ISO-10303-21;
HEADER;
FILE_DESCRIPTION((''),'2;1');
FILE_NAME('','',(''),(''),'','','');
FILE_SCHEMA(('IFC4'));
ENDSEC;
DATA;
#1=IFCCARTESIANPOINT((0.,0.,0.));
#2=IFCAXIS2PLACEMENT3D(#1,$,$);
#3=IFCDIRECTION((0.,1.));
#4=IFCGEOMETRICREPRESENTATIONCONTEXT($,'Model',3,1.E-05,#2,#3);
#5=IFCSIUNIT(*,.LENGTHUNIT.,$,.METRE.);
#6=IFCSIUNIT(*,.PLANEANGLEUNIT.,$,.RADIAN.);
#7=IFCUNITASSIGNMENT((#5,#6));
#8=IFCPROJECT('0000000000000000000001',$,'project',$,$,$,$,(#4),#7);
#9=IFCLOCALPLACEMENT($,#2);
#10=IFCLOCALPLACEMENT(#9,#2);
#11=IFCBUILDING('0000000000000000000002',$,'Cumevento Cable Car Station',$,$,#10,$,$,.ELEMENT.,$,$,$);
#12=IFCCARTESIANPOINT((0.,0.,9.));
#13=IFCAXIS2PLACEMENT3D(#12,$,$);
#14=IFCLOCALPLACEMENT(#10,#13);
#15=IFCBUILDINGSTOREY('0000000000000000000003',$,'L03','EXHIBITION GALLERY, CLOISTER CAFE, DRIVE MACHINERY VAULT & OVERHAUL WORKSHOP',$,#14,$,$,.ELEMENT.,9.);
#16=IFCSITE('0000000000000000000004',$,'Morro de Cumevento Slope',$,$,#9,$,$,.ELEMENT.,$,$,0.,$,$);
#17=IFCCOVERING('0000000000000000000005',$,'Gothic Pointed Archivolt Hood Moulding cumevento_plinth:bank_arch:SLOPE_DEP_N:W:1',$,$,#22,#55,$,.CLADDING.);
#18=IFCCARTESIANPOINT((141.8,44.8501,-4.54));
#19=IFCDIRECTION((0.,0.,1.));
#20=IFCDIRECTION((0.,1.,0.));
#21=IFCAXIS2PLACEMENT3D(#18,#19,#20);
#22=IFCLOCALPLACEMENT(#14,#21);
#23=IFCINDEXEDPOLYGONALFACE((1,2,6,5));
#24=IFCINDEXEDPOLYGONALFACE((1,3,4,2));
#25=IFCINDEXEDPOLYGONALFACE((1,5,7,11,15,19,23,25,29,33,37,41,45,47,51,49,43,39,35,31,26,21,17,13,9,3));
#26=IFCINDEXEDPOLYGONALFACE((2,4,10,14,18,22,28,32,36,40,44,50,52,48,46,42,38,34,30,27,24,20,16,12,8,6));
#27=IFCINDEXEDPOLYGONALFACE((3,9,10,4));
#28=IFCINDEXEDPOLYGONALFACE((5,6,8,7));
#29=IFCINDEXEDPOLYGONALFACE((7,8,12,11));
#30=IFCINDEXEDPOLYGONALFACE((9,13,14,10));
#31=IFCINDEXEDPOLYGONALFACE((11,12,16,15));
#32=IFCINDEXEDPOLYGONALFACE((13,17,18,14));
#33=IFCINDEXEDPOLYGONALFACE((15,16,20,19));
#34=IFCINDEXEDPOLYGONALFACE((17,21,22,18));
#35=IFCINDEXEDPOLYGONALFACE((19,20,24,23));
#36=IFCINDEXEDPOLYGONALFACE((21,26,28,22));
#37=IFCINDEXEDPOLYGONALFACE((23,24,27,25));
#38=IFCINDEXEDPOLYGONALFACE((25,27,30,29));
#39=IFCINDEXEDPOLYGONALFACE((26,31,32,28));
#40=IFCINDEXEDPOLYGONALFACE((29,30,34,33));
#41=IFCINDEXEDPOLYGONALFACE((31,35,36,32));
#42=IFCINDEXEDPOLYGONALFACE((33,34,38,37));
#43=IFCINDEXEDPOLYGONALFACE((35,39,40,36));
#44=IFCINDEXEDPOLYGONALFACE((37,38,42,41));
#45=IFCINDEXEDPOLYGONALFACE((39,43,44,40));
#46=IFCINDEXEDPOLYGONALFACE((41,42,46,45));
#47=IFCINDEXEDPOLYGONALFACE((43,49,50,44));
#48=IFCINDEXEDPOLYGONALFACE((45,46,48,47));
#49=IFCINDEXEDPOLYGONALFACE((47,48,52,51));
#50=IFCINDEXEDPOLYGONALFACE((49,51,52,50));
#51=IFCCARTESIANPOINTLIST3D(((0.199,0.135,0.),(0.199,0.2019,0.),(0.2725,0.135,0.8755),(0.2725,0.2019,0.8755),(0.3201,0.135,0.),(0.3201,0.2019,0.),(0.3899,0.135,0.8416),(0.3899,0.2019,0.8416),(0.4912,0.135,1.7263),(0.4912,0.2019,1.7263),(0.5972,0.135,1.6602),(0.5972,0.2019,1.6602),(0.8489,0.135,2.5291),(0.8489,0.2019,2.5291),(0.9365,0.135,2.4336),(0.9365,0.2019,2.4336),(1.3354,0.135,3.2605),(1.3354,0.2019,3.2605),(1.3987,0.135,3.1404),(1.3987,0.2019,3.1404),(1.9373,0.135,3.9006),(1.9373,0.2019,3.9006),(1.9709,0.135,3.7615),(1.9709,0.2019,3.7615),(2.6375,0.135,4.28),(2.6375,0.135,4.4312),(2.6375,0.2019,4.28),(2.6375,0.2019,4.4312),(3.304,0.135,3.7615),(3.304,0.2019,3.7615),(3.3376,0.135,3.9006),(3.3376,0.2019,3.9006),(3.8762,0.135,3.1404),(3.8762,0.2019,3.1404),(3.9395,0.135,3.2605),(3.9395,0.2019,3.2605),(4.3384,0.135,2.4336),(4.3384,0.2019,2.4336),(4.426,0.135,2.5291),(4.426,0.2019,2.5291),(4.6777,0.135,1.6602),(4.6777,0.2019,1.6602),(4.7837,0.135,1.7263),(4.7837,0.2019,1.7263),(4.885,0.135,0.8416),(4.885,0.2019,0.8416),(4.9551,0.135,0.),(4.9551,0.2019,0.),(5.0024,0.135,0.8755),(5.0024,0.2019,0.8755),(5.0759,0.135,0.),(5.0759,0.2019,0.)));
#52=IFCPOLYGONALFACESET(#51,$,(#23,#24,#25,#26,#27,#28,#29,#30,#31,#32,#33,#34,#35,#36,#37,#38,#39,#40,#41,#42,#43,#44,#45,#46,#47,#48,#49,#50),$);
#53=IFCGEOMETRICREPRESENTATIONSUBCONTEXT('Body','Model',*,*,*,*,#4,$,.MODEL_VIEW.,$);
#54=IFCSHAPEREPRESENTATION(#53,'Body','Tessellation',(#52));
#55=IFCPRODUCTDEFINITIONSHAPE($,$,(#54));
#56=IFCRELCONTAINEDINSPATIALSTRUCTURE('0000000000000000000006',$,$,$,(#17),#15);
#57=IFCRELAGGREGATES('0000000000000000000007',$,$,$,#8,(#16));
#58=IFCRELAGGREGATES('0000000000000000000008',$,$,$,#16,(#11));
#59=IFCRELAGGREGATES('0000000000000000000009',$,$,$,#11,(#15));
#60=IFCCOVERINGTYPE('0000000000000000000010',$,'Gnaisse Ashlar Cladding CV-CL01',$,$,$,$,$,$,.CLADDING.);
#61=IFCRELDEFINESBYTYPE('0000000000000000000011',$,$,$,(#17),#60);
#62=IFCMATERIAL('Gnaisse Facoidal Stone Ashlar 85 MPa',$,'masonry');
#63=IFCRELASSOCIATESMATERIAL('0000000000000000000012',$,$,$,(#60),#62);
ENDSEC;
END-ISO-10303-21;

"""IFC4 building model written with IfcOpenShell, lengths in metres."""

from ifc_helpers import new_model, si_unit, direction, frame, origin, place, context, subcontext, project, spatial, polyline, outline, extrude, material, type_object, element, save


model = new_model("IFC4")

# Units and contexts
model_context = context("Model", 3, precision=1e-05, world=origin(), true_north=direction((0.0, 1.0)))
body_context = subcontext(model_context, "Body", "Model", "MODEL_VIEW")
ifc_project = project(units=[si_unit("LENGTHUNIT", "METRE"), si_unit("PLANEANGLEUNIT", "RADIAN")], contexts=[model_context])

# Site, building, storey
site_placement = place(None, origin())
site = spatial("IfcSite", under=ifc_project, at=site_placement, Name="Morro de Cumevento Slope", CompositionType="ELEMENT", RefElevation=0.0)
building_placement = place(site_placement, origin())
building = spatial("IfcBuilding", under=site, at=building_placement, Name="Cumevento Cable Car Station", CompositionType="ELEMENT")
storey_placement = place(building_placement, frame((0.0, 0.0, 9.0)))
storey = spatial("IfcBuildingStorey", under=building, at=storey_placement, Name="L03", Description="EXHIBITION GALLERY, CLOISTER CAFE, DRIVE MACHINERY VAULT & OVERHAUL WORKSHOP", CompositionType="ELEMENT", Elevation=9.0)

# Covering
ifc_material_1 = material(Name="Gnaisse Facoidal Stone Ashlar 85 MPa", Category="masonry")
covering_type = type_object("IfcCoveringType", Name="Gnaisse Ashlar Cladding CV-CL01", PredefinedType="CLADDING", material=ifc_material_1)
covering_1_placement = place(storey_placement, frame((141.8, 44.8501, -4.54), z_axis=(0.0, 0.0, 1.0), x_axis=(0.0, 1.0, 0.0)))
element("IfcCovering", 1, at=covering_1_placement, inside=storey, type_object=covering_type, Name="Gothic Pointed Archivolt Hood Moulding cumevento_plinth:bank_arch:SLOPE_DEP_N:W:1", PredefinedType="CLADDING", context=body_context, shape_type="SweptSolid", body=[
    extrude(outline(polyline([(0.3201, 0.0), (0.3899, 0.8416), (0.5972, 1.6602), (0.9365, 2.4336), (1.3987, 3.1404), (1.9709, 3.7615), (2.6375, 4.28), (3.304, 3.7615), (3.8762, 3.1404), (4.3384, 2.4336), (4.6777, 1.6602), (4.885, 0.8416), (4.9551, 0.0), (5.0759, 0.0), (5.0024, 0.8755), (4.7837, 1.7263), (4.426, 2.5291), (3.9395, 3.2605), (3.3376, 3.9006), (2.6375, 4.4312), (1.9373, 3.9006), (1.3354, 3.2605), (0.8489, 2.5291), (0.4912, 1.7263), (0.2725, 0.8755), (0.199, 0.0), (0.3201, 0.0)])), frame((0.0, 0.2019, 0.0), z_axis=(0.0, -1.0, 0.0), x_axis=(1.0, 0.0, 0.0)), (0.0, 0.0, 1.0), 0.0669),
])

save(model, "model.ifc")
